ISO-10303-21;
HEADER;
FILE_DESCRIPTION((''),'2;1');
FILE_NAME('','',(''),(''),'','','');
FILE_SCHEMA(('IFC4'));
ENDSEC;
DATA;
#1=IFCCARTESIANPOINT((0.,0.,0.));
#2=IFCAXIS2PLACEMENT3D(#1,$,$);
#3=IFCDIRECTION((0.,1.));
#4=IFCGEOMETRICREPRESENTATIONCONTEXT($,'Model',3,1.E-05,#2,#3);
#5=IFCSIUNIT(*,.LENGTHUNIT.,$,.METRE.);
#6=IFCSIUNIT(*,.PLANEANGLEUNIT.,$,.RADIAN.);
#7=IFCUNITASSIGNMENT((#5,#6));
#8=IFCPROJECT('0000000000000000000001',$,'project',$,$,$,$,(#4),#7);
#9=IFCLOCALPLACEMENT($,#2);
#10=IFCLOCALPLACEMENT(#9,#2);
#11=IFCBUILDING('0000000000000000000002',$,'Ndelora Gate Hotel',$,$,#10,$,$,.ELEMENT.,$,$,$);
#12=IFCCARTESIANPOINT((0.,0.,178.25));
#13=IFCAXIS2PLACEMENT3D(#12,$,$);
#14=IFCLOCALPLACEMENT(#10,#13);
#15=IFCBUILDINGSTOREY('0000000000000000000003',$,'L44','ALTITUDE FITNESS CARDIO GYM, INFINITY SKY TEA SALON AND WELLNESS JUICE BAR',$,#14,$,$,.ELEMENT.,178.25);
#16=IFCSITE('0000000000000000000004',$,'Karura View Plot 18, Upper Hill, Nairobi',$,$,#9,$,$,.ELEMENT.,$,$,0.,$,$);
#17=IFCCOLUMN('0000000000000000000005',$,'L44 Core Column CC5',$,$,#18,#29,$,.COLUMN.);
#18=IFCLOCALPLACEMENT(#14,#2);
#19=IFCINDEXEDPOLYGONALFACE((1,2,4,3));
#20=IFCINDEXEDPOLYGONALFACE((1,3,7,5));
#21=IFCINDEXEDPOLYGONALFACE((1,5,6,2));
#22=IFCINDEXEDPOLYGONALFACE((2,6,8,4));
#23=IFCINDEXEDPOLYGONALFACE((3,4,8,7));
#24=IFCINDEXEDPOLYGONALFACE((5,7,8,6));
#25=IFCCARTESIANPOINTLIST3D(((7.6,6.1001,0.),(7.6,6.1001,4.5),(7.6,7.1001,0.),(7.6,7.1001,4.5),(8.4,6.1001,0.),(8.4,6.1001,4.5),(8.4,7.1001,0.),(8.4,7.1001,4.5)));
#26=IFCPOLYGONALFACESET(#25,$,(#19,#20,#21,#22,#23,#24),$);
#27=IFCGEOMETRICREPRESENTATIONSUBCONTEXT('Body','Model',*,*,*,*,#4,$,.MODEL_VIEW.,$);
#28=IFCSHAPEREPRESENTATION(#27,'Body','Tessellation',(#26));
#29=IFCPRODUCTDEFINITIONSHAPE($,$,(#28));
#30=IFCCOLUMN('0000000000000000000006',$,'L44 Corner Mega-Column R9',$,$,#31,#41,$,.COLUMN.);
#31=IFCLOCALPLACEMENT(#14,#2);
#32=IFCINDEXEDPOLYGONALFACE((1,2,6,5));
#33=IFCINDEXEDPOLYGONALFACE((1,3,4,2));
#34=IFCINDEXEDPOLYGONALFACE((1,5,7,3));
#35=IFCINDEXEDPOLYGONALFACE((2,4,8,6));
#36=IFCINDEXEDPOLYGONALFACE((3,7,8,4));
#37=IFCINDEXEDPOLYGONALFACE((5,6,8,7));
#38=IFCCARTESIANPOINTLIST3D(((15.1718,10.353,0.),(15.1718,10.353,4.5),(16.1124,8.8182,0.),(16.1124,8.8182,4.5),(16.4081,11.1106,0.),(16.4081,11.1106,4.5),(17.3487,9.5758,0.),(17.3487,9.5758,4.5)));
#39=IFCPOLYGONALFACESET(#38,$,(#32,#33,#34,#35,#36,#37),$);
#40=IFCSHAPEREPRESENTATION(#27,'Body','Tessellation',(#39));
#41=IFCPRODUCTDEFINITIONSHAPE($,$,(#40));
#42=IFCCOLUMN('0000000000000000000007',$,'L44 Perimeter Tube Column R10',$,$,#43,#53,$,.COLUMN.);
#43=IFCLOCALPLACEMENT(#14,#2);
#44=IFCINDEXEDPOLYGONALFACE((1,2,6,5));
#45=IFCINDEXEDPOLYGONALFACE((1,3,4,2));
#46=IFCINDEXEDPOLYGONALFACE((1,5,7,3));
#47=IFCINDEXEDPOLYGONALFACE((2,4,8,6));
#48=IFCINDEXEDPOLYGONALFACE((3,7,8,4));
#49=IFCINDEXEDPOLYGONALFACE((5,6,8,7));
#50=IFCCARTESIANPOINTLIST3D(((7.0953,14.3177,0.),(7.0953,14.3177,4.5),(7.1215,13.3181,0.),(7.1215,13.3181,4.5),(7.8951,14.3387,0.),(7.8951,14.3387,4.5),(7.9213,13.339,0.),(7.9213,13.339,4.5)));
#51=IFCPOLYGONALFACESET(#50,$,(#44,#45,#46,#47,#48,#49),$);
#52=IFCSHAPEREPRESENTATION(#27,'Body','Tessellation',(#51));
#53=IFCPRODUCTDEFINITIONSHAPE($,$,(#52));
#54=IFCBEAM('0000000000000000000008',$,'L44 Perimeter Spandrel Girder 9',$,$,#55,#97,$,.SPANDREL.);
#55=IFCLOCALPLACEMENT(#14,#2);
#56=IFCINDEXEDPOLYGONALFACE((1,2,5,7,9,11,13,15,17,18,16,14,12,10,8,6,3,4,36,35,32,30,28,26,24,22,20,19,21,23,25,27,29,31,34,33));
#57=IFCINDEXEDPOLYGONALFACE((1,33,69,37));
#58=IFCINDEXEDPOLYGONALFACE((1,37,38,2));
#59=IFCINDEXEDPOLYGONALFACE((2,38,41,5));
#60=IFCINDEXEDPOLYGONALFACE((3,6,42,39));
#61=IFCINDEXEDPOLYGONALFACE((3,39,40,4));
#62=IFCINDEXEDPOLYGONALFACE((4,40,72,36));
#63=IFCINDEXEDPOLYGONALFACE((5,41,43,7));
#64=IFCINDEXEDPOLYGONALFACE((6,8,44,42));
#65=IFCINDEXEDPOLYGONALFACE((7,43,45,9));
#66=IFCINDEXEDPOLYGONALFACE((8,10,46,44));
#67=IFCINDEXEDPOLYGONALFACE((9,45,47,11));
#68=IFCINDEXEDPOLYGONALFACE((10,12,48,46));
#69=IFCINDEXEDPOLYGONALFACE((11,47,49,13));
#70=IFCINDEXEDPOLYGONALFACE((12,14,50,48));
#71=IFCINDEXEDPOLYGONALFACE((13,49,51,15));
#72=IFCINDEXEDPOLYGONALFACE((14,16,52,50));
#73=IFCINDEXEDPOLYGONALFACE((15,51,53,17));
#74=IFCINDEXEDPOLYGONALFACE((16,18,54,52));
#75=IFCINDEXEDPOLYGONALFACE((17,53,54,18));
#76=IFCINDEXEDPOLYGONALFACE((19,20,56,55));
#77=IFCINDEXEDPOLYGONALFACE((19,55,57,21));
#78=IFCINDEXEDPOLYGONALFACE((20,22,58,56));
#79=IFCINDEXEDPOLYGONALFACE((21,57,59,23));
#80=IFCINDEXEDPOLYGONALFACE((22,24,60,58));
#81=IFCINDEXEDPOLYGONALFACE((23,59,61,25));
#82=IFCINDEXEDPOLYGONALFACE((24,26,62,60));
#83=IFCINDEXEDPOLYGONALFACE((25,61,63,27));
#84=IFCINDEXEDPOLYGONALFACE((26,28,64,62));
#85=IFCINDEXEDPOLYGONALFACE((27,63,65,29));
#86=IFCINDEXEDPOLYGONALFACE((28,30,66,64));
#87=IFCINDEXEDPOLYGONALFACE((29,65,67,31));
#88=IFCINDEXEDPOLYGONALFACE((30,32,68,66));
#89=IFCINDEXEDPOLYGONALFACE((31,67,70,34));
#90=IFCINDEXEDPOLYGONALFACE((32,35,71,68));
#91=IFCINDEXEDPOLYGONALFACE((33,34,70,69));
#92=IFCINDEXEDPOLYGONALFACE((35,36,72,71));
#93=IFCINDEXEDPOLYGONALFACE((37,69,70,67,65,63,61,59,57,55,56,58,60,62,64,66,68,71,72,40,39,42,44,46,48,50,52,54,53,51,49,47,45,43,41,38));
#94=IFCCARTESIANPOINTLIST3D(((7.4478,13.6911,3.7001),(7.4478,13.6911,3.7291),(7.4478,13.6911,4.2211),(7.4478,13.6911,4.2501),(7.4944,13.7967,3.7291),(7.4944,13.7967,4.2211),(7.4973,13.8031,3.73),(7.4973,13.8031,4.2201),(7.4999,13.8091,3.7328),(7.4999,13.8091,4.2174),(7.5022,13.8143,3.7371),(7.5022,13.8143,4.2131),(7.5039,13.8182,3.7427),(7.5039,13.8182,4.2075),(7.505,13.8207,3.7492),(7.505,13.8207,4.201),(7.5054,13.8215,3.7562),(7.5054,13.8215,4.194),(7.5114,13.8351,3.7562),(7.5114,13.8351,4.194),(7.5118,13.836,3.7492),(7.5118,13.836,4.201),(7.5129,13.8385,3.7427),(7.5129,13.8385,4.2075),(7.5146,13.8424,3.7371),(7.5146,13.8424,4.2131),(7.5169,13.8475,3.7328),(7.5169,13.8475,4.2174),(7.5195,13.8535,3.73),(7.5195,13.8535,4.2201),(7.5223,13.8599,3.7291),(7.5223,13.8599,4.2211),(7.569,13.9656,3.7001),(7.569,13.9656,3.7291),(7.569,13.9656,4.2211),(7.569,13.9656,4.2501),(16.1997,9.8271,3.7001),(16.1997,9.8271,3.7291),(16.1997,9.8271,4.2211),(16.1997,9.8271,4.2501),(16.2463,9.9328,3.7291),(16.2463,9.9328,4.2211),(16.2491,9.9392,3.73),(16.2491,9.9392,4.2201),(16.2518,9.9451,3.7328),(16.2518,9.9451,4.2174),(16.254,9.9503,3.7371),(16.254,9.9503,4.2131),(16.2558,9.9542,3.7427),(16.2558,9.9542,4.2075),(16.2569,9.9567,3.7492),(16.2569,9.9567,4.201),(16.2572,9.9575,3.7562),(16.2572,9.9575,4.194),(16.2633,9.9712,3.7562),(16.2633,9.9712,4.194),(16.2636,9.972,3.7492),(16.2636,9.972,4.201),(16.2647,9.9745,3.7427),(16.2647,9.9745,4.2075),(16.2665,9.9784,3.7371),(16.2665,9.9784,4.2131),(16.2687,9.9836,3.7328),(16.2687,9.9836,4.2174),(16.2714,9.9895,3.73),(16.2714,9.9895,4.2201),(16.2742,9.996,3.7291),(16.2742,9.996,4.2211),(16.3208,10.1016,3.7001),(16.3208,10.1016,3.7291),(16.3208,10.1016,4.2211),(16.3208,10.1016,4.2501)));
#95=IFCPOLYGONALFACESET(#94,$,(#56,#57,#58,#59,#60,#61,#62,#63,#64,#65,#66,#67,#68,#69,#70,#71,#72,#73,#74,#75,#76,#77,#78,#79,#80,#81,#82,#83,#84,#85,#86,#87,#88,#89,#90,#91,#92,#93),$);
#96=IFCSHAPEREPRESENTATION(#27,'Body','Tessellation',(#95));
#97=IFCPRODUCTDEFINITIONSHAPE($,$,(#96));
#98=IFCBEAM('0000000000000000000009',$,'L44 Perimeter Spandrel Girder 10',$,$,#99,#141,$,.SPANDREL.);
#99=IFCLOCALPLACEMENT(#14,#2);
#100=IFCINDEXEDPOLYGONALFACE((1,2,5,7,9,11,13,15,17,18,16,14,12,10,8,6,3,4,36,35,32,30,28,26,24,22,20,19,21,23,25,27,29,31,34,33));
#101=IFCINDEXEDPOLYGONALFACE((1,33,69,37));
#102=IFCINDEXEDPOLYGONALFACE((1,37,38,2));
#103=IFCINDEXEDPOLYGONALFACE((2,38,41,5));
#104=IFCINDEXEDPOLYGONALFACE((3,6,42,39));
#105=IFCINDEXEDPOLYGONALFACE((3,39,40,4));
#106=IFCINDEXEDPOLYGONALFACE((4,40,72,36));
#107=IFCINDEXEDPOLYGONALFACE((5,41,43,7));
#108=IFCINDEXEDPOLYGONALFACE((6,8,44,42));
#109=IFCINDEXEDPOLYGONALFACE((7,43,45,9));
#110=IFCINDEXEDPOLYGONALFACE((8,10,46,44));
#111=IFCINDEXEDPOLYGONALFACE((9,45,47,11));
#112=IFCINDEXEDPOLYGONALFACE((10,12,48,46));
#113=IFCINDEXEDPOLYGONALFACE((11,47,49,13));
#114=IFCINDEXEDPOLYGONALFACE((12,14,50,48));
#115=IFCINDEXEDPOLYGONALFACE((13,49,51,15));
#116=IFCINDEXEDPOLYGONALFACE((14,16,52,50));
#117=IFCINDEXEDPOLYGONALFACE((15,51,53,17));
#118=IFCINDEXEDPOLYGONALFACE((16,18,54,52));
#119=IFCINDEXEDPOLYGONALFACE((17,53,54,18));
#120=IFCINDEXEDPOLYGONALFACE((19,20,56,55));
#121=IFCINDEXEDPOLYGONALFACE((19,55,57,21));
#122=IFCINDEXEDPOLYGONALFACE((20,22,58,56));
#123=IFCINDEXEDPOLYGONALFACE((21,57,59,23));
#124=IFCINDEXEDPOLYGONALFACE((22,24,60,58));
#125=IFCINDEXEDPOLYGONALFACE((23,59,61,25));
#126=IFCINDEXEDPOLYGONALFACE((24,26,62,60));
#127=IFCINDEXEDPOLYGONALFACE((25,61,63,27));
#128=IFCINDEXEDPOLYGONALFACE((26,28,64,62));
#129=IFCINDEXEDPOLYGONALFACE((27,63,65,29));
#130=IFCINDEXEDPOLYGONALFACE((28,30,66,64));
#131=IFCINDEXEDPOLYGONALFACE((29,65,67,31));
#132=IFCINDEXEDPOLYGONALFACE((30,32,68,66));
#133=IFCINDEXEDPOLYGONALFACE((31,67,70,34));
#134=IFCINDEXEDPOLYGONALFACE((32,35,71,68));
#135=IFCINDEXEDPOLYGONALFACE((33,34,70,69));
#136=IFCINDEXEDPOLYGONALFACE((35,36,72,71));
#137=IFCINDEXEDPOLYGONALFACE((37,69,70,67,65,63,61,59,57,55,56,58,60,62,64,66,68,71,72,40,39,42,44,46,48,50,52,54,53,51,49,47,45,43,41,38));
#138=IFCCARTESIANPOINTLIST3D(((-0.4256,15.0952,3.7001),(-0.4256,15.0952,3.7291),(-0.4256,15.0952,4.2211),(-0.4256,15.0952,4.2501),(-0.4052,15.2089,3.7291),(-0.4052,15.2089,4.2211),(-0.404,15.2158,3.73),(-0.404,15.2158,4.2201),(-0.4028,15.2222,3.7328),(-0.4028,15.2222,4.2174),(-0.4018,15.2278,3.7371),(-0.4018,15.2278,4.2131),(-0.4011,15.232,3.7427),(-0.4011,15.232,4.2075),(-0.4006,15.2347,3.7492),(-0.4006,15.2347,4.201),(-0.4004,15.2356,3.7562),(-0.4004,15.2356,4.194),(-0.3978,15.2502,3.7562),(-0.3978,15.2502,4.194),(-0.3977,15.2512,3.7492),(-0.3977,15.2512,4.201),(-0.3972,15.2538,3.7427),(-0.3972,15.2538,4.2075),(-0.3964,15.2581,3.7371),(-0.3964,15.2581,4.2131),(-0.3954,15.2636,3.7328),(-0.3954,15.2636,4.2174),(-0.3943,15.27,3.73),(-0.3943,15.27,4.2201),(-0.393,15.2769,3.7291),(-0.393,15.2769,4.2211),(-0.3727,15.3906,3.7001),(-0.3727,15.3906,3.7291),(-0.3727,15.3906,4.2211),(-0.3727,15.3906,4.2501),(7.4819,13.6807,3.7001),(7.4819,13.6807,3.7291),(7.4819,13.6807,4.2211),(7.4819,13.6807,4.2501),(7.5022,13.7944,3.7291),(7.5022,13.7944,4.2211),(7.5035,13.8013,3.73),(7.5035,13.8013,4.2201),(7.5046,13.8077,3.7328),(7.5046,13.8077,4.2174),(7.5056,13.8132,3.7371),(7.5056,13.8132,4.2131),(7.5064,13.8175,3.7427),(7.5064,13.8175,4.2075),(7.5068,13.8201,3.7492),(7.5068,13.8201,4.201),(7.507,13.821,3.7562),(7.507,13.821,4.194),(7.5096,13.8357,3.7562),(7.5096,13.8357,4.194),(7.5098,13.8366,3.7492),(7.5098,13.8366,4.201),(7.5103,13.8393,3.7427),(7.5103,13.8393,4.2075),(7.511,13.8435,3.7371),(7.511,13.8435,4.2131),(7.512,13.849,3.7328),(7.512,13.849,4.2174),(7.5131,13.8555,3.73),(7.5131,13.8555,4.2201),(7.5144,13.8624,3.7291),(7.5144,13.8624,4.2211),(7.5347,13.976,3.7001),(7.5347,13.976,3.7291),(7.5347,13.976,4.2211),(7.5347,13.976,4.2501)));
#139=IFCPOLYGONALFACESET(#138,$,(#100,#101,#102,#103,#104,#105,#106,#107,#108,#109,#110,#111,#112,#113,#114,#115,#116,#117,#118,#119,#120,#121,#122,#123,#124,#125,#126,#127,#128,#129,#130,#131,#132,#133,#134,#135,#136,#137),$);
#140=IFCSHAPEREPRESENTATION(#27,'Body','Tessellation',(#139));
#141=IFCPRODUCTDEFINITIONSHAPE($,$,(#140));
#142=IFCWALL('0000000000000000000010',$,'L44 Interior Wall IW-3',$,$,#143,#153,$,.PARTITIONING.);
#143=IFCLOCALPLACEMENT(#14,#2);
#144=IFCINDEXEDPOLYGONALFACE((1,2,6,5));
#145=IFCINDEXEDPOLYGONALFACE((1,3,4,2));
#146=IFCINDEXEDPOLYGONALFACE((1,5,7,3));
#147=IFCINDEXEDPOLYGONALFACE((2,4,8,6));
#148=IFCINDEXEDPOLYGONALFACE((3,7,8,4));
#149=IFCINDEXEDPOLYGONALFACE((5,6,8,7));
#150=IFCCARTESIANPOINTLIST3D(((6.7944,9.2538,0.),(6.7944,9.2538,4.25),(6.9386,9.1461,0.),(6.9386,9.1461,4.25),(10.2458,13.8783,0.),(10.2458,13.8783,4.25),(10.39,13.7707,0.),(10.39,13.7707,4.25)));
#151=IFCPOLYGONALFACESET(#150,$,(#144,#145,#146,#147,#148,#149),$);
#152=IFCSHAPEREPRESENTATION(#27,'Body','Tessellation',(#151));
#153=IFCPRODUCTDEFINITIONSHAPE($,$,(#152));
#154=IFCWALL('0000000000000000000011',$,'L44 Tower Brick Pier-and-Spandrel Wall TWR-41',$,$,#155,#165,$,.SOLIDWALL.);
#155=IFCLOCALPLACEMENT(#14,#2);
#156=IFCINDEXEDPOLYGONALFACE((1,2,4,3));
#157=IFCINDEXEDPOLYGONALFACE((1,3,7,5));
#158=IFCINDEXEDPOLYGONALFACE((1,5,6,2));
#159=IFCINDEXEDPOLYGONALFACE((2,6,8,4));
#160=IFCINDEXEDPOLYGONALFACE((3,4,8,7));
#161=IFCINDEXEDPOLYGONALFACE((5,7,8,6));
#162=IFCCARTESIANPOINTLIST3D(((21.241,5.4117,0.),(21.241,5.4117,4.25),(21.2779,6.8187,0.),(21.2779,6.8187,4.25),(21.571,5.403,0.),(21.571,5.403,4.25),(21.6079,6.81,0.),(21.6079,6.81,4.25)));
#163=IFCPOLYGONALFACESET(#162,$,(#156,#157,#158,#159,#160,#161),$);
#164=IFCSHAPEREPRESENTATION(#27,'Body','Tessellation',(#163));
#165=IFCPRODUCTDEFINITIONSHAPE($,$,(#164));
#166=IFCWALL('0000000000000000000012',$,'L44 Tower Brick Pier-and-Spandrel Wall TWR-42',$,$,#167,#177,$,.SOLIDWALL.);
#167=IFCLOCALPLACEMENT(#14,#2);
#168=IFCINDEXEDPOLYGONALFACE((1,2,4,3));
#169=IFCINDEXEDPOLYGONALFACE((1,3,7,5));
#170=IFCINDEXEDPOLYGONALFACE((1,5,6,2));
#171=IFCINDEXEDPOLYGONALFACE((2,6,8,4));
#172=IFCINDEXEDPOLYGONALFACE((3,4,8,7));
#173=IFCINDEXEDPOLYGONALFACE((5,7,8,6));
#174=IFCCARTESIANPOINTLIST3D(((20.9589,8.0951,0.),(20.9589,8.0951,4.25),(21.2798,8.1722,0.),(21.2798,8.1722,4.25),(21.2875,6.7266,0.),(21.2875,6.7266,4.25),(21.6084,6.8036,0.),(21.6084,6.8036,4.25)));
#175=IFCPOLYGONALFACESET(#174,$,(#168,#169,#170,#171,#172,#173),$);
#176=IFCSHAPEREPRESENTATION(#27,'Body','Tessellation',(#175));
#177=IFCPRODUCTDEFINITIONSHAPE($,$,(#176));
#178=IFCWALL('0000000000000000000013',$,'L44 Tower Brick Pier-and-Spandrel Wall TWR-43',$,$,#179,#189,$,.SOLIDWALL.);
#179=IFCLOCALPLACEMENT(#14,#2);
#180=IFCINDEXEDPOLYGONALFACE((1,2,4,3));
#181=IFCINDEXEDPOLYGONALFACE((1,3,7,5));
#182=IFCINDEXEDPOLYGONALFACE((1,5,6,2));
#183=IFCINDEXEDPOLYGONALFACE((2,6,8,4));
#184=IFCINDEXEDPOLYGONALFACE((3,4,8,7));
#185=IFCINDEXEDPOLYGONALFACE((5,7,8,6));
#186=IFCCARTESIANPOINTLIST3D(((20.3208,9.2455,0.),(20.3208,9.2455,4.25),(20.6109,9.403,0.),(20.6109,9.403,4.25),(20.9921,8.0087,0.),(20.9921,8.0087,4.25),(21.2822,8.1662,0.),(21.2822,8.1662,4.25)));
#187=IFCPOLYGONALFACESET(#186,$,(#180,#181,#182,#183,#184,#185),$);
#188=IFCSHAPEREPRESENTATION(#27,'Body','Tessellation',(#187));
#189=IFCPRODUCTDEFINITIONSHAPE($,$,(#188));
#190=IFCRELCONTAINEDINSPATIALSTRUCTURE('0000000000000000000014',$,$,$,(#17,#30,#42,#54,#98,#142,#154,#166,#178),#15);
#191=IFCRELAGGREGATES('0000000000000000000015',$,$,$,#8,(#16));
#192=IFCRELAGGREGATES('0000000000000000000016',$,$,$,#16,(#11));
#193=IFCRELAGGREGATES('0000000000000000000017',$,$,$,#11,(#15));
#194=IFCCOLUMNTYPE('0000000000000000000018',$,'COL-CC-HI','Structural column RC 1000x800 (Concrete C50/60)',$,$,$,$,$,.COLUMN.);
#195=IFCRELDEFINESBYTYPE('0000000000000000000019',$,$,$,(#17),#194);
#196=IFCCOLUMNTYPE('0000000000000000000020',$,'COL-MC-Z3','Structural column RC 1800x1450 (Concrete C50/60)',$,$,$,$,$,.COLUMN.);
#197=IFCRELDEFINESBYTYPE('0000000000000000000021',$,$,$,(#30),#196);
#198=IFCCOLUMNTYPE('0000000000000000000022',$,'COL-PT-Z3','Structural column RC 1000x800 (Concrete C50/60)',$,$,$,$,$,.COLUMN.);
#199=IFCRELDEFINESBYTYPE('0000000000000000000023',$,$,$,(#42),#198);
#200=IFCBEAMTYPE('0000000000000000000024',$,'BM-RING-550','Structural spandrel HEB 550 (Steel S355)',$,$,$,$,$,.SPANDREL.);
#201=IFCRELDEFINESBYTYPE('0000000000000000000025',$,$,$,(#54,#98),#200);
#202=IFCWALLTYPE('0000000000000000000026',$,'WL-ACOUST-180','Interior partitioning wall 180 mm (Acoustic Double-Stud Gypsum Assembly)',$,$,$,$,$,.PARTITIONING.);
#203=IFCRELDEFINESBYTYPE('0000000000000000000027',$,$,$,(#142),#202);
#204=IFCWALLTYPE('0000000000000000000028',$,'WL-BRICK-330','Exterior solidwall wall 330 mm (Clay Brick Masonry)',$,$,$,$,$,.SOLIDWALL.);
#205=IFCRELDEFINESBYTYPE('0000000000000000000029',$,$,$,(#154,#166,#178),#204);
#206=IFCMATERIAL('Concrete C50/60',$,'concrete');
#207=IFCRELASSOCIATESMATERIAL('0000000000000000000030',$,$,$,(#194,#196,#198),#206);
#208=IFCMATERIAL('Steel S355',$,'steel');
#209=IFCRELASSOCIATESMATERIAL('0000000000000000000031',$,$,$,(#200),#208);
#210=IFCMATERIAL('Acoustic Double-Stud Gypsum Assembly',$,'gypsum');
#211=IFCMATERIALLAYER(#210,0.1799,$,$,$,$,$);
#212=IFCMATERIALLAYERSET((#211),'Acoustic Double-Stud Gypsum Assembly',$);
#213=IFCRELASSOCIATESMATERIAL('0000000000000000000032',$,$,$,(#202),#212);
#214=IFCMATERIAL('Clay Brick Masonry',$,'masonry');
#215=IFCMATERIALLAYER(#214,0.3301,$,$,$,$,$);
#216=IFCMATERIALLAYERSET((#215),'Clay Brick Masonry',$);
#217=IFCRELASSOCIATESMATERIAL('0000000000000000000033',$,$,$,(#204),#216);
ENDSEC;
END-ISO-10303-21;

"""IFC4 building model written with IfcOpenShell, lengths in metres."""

from ifc_helpers import new_model, si_unit, direction, frame, frame_2d, origin, origin_2d, place, context, subcontext, project, spatial, rectangle, i_section, extrude, material, layer, layer_set, material_profile, profile_set, type_object, element, save


model = new_model("IFC4")

# Units and contexts
model_context = context("Model", 3, precision=1e-05, world=origin(), true_north=direction((0.0, 1.0)))
body_context = subcontext(model_context, "Body", "Model", "MODEL_VIEW")
ifc_project = project(units=[si_unit("LENGTHUNIT", "METRE"), si_unit("PLANEANGLEUNIT", "RADIAN")], contexts=[model_context])

# Site, building, storey
site_placement = place(None, origin())
site = spatial("IfcSite", under=ifc_project, at=site_placement, Name="Karura View Plot 18, Upper Hill, Nairobi", CompositionType="ELEMENT", RefElevation=0.0)
building_placement = place(site_placement, origin())
building = spatial("IfcBuilding", under=site, at=building_placement, Name="Ndelora Gate Hotel", CompositionType="ELEMENT")
storey_placement = place(building_placement, frame((0.0, 0.0, 178.25)))
storey = spatial("IfcBuildingStorey", under=building, at=storey_placement, Name="L44", Description="ALTITUDE FITNESS CARDIO GYM, INFINITY SKY TEA SALON AND WELLNESS JUICE BAR", CompositionType="ELEMENT", Elevation=178.25)

# Columns
ifc_material_1 = material(Name="Concrete C50/60", Category="concrete")
ifc_material_profile_1 = material_profile(ifc_material_1, rectangle(XDim=0.8, YDim=1.0, at=origin_2d()), Name="RC 1000x800")
ifc_profile_set_1 = profile_set([ifc_material_profile_1], Name="Concrete C50/60")
column_type_1 = type_object("IfcColumnType", Name="COL-CC-HI", Description="Structural column RC 1000x800 (Concrete C50/60)", PredefinedType="COLUMN", material=ifc_profile_set_1)
column_1_placement = place(storey_placement, frame((8.0, 6.6001, 0.0), z_axis=(0.0, 0.0, 1.0), x_axis=(1.0, 0.0, 0.0)))
element("IfcColumn", 1, at=column_1_placement, inside=storey, type_object=column_type_1, Name="L44 Core Column CC5", PredefinedType="COLUMN", context=body_context, shape_type="SweptSolid", body=[
    extrude(rectangle(XDim=0.8, YDim=1.0, at=origin_2d()), origin(), (0.0, 0.0, 1.0), 4.5),
])
ifc_material_profile_2 = material_profile(ifc_material_1, rectangle(XDim=1.45, YDim=1.8, at=origin_2d()), Name="RC 1800x1450")
ifc_profile_set_2 = profile_set([ifc_material_profile_2], Name="Concrete C50/60")
column_type_2 = type_object("IfcColumnType", Name="COL-MC-Z3", Description="Structural column RC 1800x1450 (Concrete C50/60)", PredefinedType="COLUMN", material=ifc_profile_set_2)
column_2_placement = place(storey_placement, frame((16.2603, 9.9644, 0.0), z_axis=(0.0, 0.0, 1.0), x_axis=(0.85264, 0.522499, 0.0)))
element("IfcColumn", 2, at=column_2_placement, inside=storey, type_object=column_type_2, Name="L44 Corner Mega-Column R9", PredefinedType="COLUMN", context=body_context, shape_type="SweptSolid", body=[
    extrude(rectangle(XDim=1.45, YDim=1.8, at=origin_2d()), origin(), (0.0, 0.0, 1.0), 4.5),
])
ifc_material_profile_3 = material_profile(ifc_material_1, rectangle(XDim=0.8, YDim=1.0, at=origin_2d()), Name="RC 1000x800")
ifc_profile_set_3 = profile_set([ifc_material_profile_3], Name="Concrete C50/60")
column_type_3 = type_object("IfcColumnType", Name="COL-PT-Z3", Description="Structural column RC 1000x800 (Concrete C50/60)", PredefinedType="COLUMN", material=ifc_profile_set_3)
column_3_placement = place(storey_placement, frame((7.5083, 13.8284, 0.0), z_axis=(0.0, 0.0, 1.0), x_axis=(0.999657, 0.026177, 0.0)))
element("IfcColumn", 3, at=column_3_placement, inside=storey, type_object=column_type_3, Name="L44 Perimeter Tube Column R10", PredefinedType="COLUMN", context=body_context, shape_type="SweptSolid", body=[
    extrude(rectangle(XDim=0.8, YDim=1.0, at=origin_2d()), origin(), (0.0, 0.0, 1.0), 4.5),
])

# Beams
ifc_material_2 = material(Name="Steel S355", Category="steel")
ifc_material_profile_4 = material_profile(ifc_material_2, i_section(OverallWidth=0.3, OverallDepth=0.55, WebThickness=0.0149, FlangeThickness=0.0291, FilletRadius=0.0271, at=origin_2d()), Name="HEB 550")
ifc_profile_set_4 = profile_set([ifc_material_profile_4], Name="Steel S355")
beam_type = type_object("IfcBeamType", Name="BM-RING-550", Description="Structural spandrel HEB 550 (Steel S355)", PredefinedType="SPANDREL", material=ifc_profile_set_4)
beam_1_placement = place(storey_placement, frame((16.2603, 9.9644, 3.9751), z_axis=(-0.914807, 0.40389, 0.0), x_axis=(-0.40389, -0.914807, 0.0)))
element("IfcBeam", 4, at=beam_1_placement, inside=storey, type_object=beam_type, Name="L44 Perimeter Spandrel Girder 9", PredefinedType="SPANDREL", context=body_context, shape_type="SweptSolid", body=[
    extrude(i_section(OverallWidth=0.3, OverallDepth=0.55, WebThickness=0.0149, FlangeThickness=0.0291, FilletRadius=0.0271, at=origin_2d()), origin(), (0.0, 0.0, 1.0), 9.5669),
])
beam_2_placement = place(storey_placement, frame((7.5083, 13.8284, 3.9751), z_axis=(-0.984374, 0.176093, 0.0), x_axis=(-0.176093, -0.984374, 0.0)))
element("IfcBeam", 5, at=beam_2_placement, inside=storey, type_object=beam_type, Name="L44 Perimeter Spandrel Girder 10", PredefinedType="SPANDREL", context=body_context, shape_type="SweptSolid", body=[
    extrude(i_section(OverallWidth=0.3, OverallDepth=0.55, WebThickness=0.0149, FlangeThickness=0.0291, FilletRadius=0.0271, at=origin_2d()), origin(), (0.0, 0.0, 1.0), 8.033),
])

# Walls
ifc_material_3 = material(Name="Acoustic Double-Stud Gypsum Assembly", Category="gypsum")
ifc_layer_1 = layer(ifc_material_3, 0.1799)
ifc_layer_set_1 = layer_set([ifc_layer_1], Name="Acoustic Double-Stud Gypsum Assembly")
wall_type_1 = type_object("IfcWallType", Name="WL-ACOUST-180", Description="Interior partitioning wall 180 mm (Acoustic Double-Stud Gypsum Assembly)", PredefinedType="PARTITIONING", material=ifc_layer_set_1)
wall_1_placement = place(storey_placement, frame((6.8665, 9.2, 0.0), z_axis=(0.0, 0.0, 1.0), x_axis=(0.598116, 0.801409, 0.0)))
element("IfcWall", 6, at=wall_1_placement, inside=storey, type_object=wall_type_1, Name="L44 Interior Wall IW-3", PredefinedType="PARTITIONING", context=body_context, shape_type="SweptSolid", body=[
    extrude(rectangle(XDim=5.7705, YDim=0.1799, at=frame_2d((2.8853, 0.0))), origin(), (0.0, 0.0, 1.0), 4.25),
])
ifc_material_4 = material(Name="Clay Brick Masonry", Category="masonry")
ifc_layer_2 = layer(ifc_material_4, 0.3301)
ifc_layer_set_2 = layer_set([ifc_layer_2], Name="Clay Brick Masonry")
wall_type_2 = type_object("IfcWallType", Name="WL-BRICK-330", Description="Exterior solidwall wall 330 mm (Clay Brick Masonry)", PredefinedType="SOLIDWALL", material=ifc_layer_set_2)
for number, where, z_axis, x_axis, name in (
    (7, (21.4429, 6.8142, 0.0), (0.0, 0.0, 1.0), (-0.026193, -0.999657, 0.0), "L44 Tower Brick Pier-and-Spandrel Wall TWR-41"),
    (8, (21.1194, 8.1335, 0.0), (0.0, 0.0, 1.0), (0.233465, -0.972365, 0.0), "L44 Tower Brick Pier-and-Spandrel Wall TWR-42"),
):
    element("IfcWall", number, at=place(storey_placement, frame(where, z_axis=z_axis, x_axis=x_axis)), inside=storey, type_object=wall_type_2, Name=name, PredefinedType="SOLIDWALL", context=body_context, shape_type="SweptSolid", body=[
        extrude(rectangle(XDim=1.4075, YDim=0.3301, at=frame_2d((0.7036, 0.0))), origin(), (0.0, 0.0, 1.0), 4.25),
    ])
wall_2_placement = place(storey_placement, frame((20.4658, 9.3242, 0.0), z_axis=(0.0, 0.0, 1.0), x_axis=(0.477077, -0.878862, 0.0)))
element("IfcWall", 9, at=wall_2_placement, inside=storey, type_object=wall_type_2, Name="L44 Tower Brick Pier-and-Spandrel Wall TWR-43", PredefinedType="SOLIDWALL", context=body_context, shape_type="SweptSolid", body=[
    extrude(rectangle(XDim=1.4072, YDim=0.3301, at=frame_2d((0.7036, 0.0))), origin(), (0.0, 0.0, 1.0), 4.25),
])

save(model, "model.ifc")
